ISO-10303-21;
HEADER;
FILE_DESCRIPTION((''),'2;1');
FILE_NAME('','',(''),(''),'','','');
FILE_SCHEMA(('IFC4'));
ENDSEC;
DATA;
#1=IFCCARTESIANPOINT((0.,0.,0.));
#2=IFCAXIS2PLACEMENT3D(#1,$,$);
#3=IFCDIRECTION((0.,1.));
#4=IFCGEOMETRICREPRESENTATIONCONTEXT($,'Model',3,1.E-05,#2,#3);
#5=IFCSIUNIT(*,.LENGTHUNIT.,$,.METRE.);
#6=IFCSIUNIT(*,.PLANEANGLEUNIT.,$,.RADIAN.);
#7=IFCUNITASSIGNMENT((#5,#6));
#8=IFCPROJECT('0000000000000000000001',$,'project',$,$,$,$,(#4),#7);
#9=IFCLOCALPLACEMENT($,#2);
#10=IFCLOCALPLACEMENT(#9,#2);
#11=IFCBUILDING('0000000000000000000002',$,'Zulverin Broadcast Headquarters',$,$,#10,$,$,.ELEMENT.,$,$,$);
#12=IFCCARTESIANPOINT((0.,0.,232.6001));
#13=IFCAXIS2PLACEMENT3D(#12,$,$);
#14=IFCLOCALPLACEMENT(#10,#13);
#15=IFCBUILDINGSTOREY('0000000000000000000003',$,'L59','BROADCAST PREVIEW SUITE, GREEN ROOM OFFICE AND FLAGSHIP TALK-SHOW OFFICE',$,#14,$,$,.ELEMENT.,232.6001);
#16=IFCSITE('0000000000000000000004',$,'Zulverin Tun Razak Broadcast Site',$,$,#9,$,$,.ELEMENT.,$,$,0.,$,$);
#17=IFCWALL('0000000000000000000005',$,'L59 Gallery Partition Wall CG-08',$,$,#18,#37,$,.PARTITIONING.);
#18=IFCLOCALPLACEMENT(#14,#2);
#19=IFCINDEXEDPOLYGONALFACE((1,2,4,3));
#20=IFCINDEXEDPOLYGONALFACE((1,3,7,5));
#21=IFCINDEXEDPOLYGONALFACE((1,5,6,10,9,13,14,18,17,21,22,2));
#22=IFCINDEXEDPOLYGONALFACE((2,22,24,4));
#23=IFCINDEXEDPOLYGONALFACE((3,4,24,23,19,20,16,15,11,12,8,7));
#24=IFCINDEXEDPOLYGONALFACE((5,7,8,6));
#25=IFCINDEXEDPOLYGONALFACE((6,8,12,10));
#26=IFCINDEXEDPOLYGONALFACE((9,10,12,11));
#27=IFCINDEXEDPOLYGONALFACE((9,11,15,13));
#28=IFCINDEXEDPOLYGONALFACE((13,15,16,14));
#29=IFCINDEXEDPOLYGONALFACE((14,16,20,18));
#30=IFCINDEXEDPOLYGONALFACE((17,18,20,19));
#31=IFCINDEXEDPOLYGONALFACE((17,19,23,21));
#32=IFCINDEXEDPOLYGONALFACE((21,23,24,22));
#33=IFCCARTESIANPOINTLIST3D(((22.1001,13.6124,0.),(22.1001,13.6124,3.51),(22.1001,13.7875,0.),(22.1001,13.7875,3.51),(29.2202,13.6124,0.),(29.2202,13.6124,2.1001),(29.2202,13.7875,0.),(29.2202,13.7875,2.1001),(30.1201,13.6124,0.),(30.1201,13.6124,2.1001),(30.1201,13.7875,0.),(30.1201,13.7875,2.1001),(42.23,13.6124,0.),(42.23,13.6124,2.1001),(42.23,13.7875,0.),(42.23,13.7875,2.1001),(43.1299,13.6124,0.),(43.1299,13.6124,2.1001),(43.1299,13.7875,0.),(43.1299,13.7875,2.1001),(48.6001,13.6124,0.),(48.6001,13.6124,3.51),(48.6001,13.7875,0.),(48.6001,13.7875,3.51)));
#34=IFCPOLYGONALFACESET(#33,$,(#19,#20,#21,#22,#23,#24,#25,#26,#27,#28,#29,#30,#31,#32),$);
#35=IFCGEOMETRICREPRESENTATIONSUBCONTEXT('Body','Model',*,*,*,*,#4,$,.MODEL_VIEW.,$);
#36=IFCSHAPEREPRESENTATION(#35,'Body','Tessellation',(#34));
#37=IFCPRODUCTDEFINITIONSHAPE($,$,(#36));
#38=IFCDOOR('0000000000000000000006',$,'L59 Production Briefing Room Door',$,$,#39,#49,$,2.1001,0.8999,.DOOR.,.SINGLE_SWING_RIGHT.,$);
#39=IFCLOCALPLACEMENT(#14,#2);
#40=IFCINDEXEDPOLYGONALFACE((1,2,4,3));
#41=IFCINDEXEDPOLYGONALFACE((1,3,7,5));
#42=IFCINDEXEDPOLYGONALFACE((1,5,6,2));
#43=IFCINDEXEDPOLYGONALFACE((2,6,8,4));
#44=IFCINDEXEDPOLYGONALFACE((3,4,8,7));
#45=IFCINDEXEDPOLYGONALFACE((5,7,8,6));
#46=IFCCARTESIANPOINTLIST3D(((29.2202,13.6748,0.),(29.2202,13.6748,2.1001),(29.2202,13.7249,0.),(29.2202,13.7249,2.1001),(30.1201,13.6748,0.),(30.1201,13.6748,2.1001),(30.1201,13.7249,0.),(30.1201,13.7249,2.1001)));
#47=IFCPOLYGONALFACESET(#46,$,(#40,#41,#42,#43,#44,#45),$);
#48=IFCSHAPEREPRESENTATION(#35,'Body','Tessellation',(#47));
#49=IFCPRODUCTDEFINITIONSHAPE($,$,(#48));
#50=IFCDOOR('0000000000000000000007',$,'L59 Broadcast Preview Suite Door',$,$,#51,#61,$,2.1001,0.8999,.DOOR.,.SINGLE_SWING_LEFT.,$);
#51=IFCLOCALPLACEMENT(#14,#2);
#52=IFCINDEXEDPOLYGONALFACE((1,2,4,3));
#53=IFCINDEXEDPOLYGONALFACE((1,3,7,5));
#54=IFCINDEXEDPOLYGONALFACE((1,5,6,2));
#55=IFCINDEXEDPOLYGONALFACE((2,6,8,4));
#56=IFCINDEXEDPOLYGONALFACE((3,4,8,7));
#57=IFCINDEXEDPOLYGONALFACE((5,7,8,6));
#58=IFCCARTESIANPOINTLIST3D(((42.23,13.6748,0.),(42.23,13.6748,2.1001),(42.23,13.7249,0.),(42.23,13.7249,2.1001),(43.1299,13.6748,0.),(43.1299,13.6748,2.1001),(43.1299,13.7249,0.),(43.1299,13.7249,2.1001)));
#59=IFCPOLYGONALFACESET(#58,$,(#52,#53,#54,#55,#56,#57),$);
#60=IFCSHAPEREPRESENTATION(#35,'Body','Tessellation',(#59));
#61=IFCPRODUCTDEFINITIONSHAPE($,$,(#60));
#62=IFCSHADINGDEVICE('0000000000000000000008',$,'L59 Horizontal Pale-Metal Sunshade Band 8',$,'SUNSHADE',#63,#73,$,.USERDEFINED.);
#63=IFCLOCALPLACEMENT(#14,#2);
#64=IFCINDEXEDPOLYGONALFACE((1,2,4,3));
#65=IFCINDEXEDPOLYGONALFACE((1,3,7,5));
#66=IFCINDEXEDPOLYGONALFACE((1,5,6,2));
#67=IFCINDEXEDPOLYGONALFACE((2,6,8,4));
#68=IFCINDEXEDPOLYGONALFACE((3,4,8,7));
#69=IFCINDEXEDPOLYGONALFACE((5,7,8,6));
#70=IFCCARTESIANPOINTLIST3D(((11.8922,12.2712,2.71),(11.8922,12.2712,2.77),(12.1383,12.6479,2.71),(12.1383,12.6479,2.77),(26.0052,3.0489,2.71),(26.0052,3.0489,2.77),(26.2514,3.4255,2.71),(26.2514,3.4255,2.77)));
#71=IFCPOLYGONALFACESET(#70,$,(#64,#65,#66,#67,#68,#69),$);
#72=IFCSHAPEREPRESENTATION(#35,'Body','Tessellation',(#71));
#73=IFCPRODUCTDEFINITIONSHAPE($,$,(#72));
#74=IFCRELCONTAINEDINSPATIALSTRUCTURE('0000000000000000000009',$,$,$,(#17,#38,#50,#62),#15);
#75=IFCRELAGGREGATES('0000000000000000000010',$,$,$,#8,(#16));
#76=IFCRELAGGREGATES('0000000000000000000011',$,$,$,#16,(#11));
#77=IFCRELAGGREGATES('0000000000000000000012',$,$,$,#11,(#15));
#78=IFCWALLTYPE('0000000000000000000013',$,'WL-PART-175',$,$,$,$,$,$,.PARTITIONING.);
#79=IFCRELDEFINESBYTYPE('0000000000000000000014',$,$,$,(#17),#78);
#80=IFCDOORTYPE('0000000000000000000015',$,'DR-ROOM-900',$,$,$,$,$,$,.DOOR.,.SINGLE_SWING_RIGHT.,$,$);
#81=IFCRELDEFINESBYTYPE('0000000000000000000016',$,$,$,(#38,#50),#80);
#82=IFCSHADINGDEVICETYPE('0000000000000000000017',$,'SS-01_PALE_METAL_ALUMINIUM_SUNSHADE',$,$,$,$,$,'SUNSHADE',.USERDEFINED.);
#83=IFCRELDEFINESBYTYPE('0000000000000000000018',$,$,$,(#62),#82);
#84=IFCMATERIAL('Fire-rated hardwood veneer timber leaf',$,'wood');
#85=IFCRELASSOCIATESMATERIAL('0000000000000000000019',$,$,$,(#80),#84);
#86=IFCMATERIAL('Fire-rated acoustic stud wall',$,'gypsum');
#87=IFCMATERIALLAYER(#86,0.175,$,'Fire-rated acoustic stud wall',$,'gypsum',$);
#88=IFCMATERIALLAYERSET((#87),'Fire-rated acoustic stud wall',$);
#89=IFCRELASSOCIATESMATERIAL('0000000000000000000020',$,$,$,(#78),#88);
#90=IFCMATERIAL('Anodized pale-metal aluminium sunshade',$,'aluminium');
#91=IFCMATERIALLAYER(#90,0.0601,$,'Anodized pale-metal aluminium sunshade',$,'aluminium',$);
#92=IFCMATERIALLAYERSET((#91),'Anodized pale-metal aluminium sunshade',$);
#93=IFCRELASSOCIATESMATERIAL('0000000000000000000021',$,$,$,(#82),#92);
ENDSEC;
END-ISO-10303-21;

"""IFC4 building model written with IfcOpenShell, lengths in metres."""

from ifc_helpers import new_model, si_unit, direction, frame, frame_2d, origin, origin_2d, place, context, subcontext, project, spatial, rectangle, extrude, material, layer, layer_set, type_object, element, fill, save


model = new_model("IFC4")

# Units and contexts
model_context = context("Model", 3, precision=1e-05, world=origin(), true_north=direction((0.0, 1.0)))
body_context = subcontext(model_context, "Body", "Model", "MODEL_VIEW")
ifc_project = project(units=[si_unit("LENGTHUNIT", "METRE"), si_unit("PLANEANGLEUNIT", "RADIAN")], contexts=[model_context])

# Site, building, storey
site_placement = place(None, origin())
site = spatial("IfcSite", under=ifc_project, at=site_placement, Name="Zulverin Tun Razak Broadcast Site", CompositionType="ELEMENT", RefElevation=0.0)
building_placement = place(site_placement, origin())
building = spatial("IfcBuilding", under=site, at=building_placement, Name="Zulverin Broadcast Headquarters", CompositionType="ELEMENT")
storey_placement = place(building_placement, frame((0.0, 0.0, 232.6001)))
storey = spatial("IfcBuildingStorey", under=building, at=storey_placement, Name="L59", Description="BROADCAST PREVIEW SUITE, GREEN ROOM OFFICE AND FLAGSHIP TALK-SHOW OFFICE", CompositionType="ELEMENT", Elevation=232.6001)

# Wall, openings, doors
ifc_material_1 = material(Name="Fire-rated hardwood veneer timber leaf", Category="wood")
door_type_1 = type_object("IfcDoorType", Name="DR-ROOM-900", OperationType="SINGLE_SWING_RIGHT", PredefinedType="DOOR", material=ifc_material_1)
ifc_material_2 = material(Name="Fire-rated acoustic stud wall", Category="gypsum")
ifc_layer_1 = layer(ifc_material_2, 0.175, Name="Fire-rated acoustic stud wall", Category="gypsum")
ifc_layer_set_1 = layer_set([ifc_layer_1], Name="Fire-rated acoustic stud wall")
wall_type_1 = type_object("IfcWallType", Name="WL-PART-175", PredefinedType="PARTITIONING", material=ifc_layer_set_1)
wall_1_placement = place(storey_placement, frame((22.1001, 13.7, 0.0), z_axis=(0.0, 0.0, 1.0), x_axis=(1.0, 0.0, 0.0)))
wall_1 = element("IfcWall", 1, at=wall_1_placement, inside=storey, type_object=wall_type_1, Name="L59 Gallery Partition Wall CG-08", PredefinedType="PARTITIONING", context=body_context, shape_type="SweptSolid", body=[
    extrude(rectangle(XDim=26.5, YDim=0.175, at=frame_2d((13.25, 0.0))), origin(), (0.0, 0.0, 1.0), 3.51),
])
opening_1_placement = place(wall_1_placement, frame((7.1201, 0.0, 0.0)))
opening_1 = element("IfcOpeningElement", 2, at=opening_1_placement, cuts=wall_1, PredefinedType="OPENING", context=body_context, shape_type="SweptSolid", body=[
    extrude(rectangle(XDim=0.8999, YDim=2.1001, at=frame_2d((0.45, 1.05))), frame((0.0, 0.0974, 0.0), z_axis=(0.0, -1.0, 0.0), x_axis=(1.0, 0.0, 0.0)), (0.0, 0.0, 1.0), 0.1951),
])
opening_2_placement = place(wall_1_placement, frame((20.1299, 0.0, 0.0)))
opening_2 = element("IfcOpeningElement", 3, at=opening_2_placement, cuts=wall_1, PredefinedType="OPENING", context=body_context, shape_type="SweptSolid", body=[
    extrude(rectangle(XDim=0.8999, YDim=2.1001, at=frame_2d((0.45, 1.05))), frame((0.0, 0.0974, 0.0), z_axis=(0.0, -1.0, 0.0), x_axis=(1.0, 0.0, 0.0)), (0.0, 0.0, 1.0), 0.1951),
])
door_1_placement = place(opening_1_placement, origin())
door_1 = element("IfcDoor", 4, at=door_1_placement, inside=storey, type_object=door_type_1, Name="L59 Production Briefing Room Door", OperationType="SINGLE_SWING_RIGHT", OverallHeight=2.1001, OverallWidth=0.8999, PredefinedType="DOOR", context=body_context, shape_type="SweptSolid", body=[
    extrude(rectangle(XDim=0.8999, YDim=2.1001, at=frame_2d((0.45, 1.05))), frame((0.0, 0.0249, 0.0), z_axis=(0.0, -1.0, 0.0), x_axis=(1.0, 0.0, 0.0)), (0.0, 0.0, 1.0), 0.05),
])
fill(opening_1, door_1)
door_2_placement = place(opening_2_placement, origin())
door_2 = element("IfcDoor", 5, at=door_2_placement, inside=storey, type_object=door_type_1, Name="L59 Broadcast Preview Suite Door", OperationType="SINGLE_SWING_LEFT", OverallHeight=2.1001, OverallWidth=0.8999, PredefinedType="DOOR", context=body_context, shape_type="SweptSolid", body=[
    extrude(rectangle(XDim=0.8999, YDim=2.1001, at=frame_2d((0.45, 1.05))), frame((0.0, 0.0249, 0.0), z_axis=(0.0, -1.0, 0.0), x_axis=(1.0, 0.0, 0.0)), (0.0, 0.0, 1.0), 0.05),
])
fill(opening_2, door_2)

# Shading device
ifc_material_3 = material(Name="Anodized pale-metal aluminium sunshade", Category="aluminium")
ifc_layer_2 = layer(ifc_material_3, 0.0601, Name="Anodized pale-metal aluminium sunshade", Category="aluminium")
ifc_layer_set_2 = layer_set([ifc_layer_2], Name="Anodized pale-metal aluminium sunshade")
shading_device_type = type_object("IfcShadingDeviceType", Name="SS-01_PALE_METAL_ALUMINIUM_SUNSHADE", ElementType="SUNSHADE", PredefinedType="USERDEFINED", material=ifc_layer_set_2)
shading_device_placement = place(storey_placement, frame((19.0718, 7.8484, 2.71), z_axis=(0.0, 0.0, 1.0), x_axis=(0.837116, -0.547026, 0.0)))
element("IfcShadingDevice", 6, at=shading_device_placement, inside=storey, type_object=shading_device_type, Name="L59 Horizontal Pale-Metal Sunshade Band 8", ObjectType="SUNSHADE", PredefinedType="USERDEFINED", context=body_context, shape_type="SweptSolid", body=[
    extrude(rectangle(XDim=16.8591, YDim=0.45, at=origin_2d()), origin(), (0.0, 0.0, 1.0), 0.0601),
])

save(model, "model.ifc")
